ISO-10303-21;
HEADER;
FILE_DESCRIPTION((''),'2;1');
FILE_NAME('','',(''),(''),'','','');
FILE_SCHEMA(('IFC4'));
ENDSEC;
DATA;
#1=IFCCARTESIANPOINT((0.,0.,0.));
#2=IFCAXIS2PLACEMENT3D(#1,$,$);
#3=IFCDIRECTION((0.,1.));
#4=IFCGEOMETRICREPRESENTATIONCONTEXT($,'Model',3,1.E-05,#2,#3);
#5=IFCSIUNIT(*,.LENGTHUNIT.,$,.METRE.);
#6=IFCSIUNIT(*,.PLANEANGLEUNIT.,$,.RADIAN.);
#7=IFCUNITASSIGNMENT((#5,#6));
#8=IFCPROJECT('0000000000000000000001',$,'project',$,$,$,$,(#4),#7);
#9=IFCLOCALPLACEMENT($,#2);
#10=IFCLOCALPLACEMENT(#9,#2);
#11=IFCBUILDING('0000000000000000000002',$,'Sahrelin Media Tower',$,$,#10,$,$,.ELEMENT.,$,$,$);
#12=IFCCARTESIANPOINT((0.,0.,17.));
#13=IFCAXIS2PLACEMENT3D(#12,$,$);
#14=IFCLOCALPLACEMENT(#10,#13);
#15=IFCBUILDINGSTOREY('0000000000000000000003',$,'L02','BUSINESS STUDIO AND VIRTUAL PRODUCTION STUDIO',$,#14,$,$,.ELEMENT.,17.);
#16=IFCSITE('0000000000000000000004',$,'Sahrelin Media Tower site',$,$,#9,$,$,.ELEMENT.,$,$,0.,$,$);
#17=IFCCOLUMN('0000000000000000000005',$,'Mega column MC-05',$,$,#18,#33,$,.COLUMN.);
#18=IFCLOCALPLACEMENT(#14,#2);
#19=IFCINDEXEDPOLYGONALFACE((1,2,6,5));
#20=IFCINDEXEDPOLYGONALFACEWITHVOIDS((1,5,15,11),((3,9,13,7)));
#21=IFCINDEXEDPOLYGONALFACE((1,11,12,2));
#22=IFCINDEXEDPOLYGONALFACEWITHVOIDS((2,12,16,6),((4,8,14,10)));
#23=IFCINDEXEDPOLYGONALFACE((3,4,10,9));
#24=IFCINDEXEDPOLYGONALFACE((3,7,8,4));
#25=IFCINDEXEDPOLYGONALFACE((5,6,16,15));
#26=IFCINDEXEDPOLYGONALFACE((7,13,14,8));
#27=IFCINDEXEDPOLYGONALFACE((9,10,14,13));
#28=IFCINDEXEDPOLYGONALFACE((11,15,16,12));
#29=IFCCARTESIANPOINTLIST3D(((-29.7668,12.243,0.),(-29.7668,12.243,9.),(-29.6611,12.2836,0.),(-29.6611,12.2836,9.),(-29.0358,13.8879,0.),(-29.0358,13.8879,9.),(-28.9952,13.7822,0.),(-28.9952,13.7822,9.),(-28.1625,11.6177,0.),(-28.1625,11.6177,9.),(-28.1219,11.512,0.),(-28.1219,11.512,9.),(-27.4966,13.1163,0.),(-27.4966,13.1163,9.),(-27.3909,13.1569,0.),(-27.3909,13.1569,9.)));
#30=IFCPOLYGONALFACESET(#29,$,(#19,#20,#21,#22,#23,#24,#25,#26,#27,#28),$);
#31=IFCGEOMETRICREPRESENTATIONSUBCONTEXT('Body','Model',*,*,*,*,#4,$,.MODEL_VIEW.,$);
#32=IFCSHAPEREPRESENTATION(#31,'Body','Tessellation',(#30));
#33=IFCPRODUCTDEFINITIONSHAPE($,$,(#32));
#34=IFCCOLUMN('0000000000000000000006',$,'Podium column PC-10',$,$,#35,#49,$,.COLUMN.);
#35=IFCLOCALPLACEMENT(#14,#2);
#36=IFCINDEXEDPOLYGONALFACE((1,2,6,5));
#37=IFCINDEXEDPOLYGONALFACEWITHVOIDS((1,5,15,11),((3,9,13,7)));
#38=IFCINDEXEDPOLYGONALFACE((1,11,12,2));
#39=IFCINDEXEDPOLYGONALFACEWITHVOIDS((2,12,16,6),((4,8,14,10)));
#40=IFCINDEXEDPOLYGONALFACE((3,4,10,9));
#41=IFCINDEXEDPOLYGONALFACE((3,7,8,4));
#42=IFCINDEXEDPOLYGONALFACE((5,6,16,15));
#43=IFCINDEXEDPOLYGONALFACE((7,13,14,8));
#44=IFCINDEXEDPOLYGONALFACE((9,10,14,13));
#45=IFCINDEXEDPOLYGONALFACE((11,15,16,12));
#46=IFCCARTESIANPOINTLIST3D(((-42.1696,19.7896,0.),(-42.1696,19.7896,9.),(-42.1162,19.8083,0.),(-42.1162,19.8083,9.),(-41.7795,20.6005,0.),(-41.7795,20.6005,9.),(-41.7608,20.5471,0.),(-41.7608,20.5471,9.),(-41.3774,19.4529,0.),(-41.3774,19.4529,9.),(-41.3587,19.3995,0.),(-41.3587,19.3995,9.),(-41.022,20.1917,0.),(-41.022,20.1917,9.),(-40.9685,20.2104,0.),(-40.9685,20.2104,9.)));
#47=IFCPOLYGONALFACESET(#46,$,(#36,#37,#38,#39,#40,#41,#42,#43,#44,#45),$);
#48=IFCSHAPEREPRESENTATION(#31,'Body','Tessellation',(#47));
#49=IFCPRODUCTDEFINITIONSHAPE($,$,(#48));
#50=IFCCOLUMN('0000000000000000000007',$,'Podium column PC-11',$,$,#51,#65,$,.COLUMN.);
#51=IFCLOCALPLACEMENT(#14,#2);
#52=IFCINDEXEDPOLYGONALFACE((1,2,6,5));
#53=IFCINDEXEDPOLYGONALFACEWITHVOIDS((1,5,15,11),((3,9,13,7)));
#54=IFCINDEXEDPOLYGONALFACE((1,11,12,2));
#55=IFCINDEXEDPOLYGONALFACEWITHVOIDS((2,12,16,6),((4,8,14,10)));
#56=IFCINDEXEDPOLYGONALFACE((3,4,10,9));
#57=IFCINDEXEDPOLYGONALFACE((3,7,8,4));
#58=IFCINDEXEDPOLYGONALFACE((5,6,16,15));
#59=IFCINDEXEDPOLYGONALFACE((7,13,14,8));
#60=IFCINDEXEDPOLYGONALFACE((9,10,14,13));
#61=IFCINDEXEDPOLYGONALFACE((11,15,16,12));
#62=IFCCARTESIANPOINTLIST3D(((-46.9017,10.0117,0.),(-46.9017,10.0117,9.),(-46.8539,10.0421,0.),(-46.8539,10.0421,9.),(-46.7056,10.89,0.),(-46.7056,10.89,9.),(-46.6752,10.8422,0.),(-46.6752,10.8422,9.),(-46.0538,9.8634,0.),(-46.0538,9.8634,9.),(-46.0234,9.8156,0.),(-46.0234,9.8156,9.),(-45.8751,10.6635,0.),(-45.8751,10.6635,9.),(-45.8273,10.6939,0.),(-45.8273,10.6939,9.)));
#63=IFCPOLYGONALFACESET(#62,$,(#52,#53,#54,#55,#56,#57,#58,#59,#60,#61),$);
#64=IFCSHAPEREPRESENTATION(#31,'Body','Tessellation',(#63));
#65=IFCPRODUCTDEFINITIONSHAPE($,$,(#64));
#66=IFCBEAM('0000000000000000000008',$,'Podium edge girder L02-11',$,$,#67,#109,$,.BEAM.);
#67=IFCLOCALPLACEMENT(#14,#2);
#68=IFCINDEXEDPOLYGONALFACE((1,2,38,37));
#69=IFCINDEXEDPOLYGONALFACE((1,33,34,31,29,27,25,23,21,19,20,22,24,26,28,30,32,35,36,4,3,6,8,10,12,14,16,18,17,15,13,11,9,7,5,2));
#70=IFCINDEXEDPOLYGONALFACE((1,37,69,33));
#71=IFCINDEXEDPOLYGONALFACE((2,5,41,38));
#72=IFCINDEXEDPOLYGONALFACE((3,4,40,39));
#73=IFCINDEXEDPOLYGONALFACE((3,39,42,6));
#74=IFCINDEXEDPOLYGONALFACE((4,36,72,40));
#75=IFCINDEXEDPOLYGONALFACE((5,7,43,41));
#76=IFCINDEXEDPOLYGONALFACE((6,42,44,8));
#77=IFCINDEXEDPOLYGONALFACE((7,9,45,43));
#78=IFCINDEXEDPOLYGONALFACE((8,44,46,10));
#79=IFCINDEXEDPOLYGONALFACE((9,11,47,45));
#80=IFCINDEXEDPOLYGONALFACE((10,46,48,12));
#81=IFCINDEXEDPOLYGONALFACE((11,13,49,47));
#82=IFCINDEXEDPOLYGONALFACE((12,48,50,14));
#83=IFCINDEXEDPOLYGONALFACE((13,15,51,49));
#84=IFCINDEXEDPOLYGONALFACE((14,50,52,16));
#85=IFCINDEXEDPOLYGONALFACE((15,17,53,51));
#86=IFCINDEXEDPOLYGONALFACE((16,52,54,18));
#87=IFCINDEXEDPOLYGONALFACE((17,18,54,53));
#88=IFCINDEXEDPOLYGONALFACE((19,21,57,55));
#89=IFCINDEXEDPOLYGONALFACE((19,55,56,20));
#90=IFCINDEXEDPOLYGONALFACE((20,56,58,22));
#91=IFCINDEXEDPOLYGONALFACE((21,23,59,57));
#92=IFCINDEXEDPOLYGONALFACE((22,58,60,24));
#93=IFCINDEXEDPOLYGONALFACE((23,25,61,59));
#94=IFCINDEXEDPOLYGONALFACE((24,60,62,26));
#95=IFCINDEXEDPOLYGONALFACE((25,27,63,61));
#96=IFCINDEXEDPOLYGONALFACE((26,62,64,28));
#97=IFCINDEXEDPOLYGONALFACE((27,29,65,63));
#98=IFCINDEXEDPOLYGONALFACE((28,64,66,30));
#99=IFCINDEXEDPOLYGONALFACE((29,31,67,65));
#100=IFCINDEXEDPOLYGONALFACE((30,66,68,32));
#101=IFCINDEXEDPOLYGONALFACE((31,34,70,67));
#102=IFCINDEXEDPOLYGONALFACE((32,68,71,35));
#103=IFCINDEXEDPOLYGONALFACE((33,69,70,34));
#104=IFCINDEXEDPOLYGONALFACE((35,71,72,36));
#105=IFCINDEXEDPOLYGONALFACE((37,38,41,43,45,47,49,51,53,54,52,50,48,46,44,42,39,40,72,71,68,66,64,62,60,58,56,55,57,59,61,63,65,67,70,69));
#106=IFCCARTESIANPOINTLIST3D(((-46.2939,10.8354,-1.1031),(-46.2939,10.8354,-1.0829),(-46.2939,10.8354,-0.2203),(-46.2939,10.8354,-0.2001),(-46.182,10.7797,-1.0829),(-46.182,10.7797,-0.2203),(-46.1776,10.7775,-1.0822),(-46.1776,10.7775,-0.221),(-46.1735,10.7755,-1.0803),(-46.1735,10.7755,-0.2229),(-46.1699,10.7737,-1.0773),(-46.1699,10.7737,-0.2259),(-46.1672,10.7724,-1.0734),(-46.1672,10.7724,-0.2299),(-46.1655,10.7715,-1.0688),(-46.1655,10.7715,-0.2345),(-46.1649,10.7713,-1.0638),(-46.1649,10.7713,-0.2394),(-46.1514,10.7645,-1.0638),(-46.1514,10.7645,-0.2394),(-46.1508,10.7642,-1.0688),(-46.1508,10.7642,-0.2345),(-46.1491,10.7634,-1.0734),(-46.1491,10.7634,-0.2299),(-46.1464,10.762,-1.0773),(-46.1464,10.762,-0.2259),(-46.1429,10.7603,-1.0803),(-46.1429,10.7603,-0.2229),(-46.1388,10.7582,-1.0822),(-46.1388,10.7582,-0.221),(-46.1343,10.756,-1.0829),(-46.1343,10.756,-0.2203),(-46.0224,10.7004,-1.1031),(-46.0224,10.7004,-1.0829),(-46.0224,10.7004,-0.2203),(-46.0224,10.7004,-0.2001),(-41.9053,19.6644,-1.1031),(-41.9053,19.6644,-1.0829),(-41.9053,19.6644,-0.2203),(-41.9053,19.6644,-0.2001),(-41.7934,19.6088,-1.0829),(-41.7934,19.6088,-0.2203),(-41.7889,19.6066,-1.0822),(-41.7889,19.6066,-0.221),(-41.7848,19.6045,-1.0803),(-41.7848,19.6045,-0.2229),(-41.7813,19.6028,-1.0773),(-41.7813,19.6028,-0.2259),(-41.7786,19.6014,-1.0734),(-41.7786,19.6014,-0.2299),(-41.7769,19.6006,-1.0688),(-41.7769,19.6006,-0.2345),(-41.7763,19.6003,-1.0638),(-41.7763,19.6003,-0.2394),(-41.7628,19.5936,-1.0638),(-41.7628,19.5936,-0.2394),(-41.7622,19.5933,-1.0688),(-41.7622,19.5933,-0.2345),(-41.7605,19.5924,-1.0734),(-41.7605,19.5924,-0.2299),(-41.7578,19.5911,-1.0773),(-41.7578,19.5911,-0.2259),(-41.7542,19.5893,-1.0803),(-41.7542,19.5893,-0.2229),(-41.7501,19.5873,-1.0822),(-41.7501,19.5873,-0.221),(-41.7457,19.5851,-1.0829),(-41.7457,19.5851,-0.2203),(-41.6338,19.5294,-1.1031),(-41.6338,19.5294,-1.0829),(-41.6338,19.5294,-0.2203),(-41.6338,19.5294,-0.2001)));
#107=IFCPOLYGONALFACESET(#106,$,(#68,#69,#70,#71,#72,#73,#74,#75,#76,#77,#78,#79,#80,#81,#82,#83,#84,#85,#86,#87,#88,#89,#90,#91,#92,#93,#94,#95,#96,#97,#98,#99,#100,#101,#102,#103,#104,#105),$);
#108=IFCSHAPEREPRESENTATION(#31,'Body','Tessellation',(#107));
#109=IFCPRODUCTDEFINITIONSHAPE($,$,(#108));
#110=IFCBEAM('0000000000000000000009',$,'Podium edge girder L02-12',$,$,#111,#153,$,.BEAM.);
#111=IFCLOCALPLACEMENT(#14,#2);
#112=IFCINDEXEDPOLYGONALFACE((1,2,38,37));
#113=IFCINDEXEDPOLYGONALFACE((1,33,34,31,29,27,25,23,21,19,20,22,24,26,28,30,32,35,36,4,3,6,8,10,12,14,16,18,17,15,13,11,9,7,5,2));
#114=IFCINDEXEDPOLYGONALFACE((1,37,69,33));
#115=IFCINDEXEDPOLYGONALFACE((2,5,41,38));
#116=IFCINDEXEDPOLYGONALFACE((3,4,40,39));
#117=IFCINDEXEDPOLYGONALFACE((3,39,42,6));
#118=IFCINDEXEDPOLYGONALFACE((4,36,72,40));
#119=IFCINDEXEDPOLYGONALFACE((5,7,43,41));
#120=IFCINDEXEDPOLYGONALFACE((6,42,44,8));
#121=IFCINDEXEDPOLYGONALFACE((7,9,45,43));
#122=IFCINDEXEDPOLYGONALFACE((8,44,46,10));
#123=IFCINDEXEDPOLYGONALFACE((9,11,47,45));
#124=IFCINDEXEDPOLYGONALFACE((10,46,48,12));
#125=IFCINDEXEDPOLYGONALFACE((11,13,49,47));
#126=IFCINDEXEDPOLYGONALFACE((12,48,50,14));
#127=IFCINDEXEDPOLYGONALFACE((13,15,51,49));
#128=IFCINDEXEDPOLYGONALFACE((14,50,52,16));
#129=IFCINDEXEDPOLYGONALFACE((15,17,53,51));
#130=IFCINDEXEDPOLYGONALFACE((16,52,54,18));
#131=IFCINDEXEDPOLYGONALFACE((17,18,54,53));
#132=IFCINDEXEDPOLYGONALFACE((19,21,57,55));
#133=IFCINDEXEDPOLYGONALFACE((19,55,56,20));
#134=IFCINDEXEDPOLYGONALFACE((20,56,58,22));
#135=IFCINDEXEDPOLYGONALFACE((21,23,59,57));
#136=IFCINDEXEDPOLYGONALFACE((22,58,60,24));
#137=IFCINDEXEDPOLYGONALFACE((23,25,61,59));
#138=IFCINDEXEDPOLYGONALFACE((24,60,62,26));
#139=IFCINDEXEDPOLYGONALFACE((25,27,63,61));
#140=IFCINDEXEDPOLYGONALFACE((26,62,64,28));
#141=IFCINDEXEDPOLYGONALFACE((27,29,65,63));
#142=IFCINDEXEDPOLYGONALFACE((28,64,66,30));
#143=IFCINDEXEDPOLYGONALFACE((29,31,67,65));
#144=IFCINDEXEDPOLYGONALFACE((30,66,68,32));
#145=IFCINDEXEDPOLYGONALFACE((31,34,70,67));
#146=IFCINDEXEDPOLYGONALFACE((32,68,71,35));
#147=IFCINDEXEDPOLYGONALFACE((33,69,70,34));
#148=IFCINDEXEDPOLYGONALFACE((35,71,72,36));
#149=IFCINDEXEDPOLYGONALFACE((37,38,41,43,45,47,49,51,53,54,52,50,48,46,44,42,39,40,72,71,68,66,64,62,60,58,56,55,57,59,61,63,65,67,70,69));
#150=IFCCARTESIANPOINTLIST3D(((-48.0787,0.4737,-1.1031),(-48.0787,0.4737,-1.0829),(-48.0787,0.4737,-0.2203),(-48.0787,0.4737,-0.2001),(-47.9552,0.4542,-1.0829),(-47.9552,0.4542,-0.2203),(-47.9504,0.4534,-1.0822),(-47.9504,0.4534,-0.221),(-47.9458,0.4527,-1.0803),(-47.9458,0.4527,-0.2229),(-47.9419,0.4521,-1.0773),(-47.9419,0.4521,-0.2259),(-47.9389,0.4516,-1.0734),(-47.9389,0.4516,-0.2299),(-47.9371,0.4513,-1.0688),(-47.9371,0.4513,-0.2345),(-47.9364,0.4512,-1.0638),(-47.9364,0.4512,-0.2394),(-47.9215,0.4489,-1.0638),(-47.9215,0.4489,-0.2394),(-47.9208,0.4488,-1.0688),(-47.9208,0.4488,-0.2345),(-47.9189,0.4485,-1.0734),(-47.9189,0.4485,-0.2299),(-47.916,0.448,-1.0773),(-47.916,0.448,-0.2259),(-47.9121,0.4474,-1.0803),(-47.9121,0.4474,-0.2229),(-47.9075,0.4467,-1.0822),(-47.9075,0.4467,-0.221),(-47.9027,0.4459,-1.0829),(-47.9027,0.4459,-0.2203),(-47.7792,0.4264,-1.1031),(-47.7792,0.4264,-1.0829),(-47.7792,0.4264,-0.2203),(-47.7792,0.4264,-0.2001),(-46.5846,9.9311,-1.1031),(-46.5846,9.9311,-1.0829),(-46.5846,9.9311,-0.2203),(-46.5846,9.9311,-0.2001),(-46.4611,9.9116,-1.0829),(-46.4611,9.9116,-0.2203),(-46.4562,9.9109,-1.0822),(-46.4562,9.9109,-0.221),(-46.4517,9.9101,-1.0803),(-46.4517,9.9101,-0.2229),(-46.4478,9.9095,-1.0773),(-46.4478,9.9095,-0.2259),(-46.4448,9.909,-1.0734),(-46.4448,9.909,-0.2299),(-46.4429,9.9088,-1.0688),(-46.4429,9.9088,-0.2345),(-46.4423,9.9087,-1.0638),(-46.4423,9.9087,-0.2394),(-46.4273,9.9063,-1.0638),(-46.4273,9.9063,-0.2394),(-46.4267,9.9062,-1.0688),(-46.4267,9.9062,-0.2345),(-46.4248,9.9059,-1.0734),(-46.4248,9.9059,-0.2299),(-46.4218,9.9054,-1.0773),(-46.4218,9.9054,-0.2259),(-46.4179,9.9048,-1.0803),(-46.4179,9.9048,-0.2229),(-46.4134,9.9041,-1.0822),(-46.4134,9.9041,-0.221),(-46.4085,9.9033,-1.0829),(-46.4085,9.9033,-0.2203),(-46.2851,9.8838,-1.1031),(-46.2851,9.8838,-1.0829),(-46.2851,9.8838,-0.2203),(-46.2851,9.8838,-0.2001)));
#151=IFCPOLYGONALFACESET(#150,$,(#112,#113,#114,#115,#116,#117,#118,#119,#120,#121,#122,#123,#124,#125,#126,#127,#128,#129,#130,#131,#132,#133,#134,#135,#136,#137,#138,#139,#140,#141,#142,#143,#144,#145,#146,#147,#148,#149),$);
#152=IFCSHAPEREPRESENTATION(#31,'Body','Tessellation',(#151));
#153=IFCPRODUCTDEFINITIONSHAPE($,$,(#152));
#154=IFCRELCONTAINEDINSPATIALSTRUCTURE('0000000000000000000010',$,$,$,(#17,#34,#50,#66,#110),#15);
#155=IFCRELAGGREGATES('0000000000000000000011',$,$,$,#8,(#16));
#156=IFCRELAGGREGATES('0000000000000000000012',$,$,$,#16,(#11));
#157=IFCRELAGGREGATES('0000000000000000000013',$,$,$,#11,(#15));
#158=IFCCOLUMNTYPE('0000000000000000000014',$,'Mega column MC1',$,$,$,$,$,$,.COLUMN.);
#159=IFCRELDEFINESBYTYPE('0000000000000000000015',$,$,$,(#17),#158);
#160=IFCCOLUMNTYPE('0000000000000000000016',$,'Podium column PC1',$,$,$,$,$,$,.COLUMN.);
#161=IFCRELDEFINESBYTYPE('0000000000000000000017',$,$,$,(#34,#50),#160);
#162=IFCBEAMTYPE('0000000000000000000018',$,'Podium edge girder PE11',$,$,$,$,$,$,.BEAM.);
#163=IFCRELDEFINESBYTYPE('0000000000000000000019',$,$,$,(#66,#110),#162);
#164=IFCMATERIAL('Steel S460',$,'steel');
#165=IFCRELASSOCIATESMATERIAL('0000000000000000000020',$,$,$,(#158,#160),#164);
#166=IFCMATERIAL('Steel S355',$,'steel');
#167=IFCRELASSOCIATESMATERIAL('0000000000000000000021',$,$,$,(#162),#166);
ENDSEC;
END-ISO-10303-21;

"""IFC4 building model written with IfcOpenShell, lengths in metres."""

from ifc_helpers import new_model, si_unit, direction, frame, origin, origin_2d, place, context, subcontext, project, spatial, hollow_rectangle, i_section, extrude, material, material_profile, profile_set, type_object, element, save


model = new_model("IFC4")

# Units and contexts
model_context = context("Model", 3, precision=1e-05, world=origin(), true_north=direction((0.0, 1.0)))
body_context = subcontext(model_context, "Body", "Model", "MODEL_VIEW")
ifc_project = project(units=[si_unit("LENGTHUNIT", "METRE"), si_unit("PLANEANGLEUNIT", "RADIAN")], contexts=[model_context])

# Site, building, storey
site_placement = place(None, origin())
site = spatial("IfcSite", under=ifc_project, at=site_placement, Name="Sahrelin Media Tower site", CompositionType="ELEMENT", RefElevation=0.0)
building_placement = place(site_placement, origin())
building = spatial("IfcBuilding", under=site, at=building_placement, Name="Sahrelin Media Tower", CompositionType="ELEMENT")
storey_placement = place(building_placement, frame((0.0, 0.0, 17.0)))
storey = spatial("IfcBuildingStorey", under=building, at=storey_placement, Name="L02", Description="BUSINESS STUDIO AND VIRTUAL PRODUCTION STUDIO", CompositionType="ELEMENT", Elevation=17.0)

# Columns
ifc_material_1 = material(Name="Steel S460", Category="steel")
ifc_material_profile_1 = material_profile(ifc_material_1, hollow_rectangle(XDim=1.8, YDim=1.8, WallThickness=0.0801, at=origin_2d()), Name="Mega column MC1")
ifc_profile_set_1 = profile_set([ifc_material_profile_1], Name="Steel S460")
column_type_1 = type_object("IfcColumnType", Name="Mega column MC1", PredefinedType="COLUMN", material=ifc_profile_set_1)
column_placement = place(storey_placement, frame((-28.5789, 12.7, 0.0), z_axis=(0.0, 0.0, 1.0), x_axis=(-0.913831, 0.406094, 0.0)))
element("IfcColumn", 1, at=column_placement, inside=storey, type_object=column_type_1, Name="Mega column MC-05", PredefinedType="COLUMN", context=body_context, shape_type="SweptSolid", body=[
    extrude(hollow_rectangle(XDim=1.8, YDim=1.8, WallThickness=0.0801, at=origin_2d()), origin(), (0.0, 0.0, 1.0), 9.0),
])
ifc_material_profile_2 = material_profile(ifc_material_1, hollow_rectangle(XDim=0.8999, YDim=0.8999, WallThickness=0.04, at=origin_2d()), Name="Podium column PC1")
ifc_profile_set_2 = profile_set([ifc_material_profile_2], Name="Steel S460")
column_type_2 = type_object("IfcColumnType", Name="Podium column PC1", PredefinedType="COLUMN", material=ifc_profile_set_2)
for number, where, z_axis, x_axis, name in (
    (2, (-41.5691, 20.0, 0.0), (0.0, 0.0, 1.0), (-0.901127, 0.433555, 0.0), "Podium column PC-10"),
    (3, (-46.3645, 10.3528, 0.0), (0.0, 0.0, 1.0), (-0.975965, 0.217925, 0.0), "Podium column PC-11"),
):
    element("IfcColumn", number, at=place(storey_placement, frame(where, z_axis=z_axis, x_axis=x_axis)), inside=storey, type_object=column_type_2, Name=name, PredefinedType="COLUMN", context=body_context, shape_type="SweptSolid", body=[
        extrude(hollow_rectangle(XDim=0.8999, YDim=0.8999, WallThickness=0.04, at=origin_2d()), origin(), (0.0, 0.0, 1.0), 9.0),
    ])

# Beams
ifc_material_2 = material(Name="Steel S355", Category="steel")
ifc_material_profile_3 = material_profile(ifc_material_2, i_section(OverallWidth=0.3032, OverallDepth=0.9031, WebThickness=0.0151, FlangeThickness=0.0203, FilletRadius=0.019, at=origin_2d()), Name="UB 914x305x201")
ifc_profile_set_3 = profile_set([ifc_material_profile_3], Name="Steel S355")
beam_type_1 = type_object("IfcBeamType", Name="Podium edge girder PE11", PredefinedType="BEAM", material=ifc_profile_set_3)
beam_1_placement = place(storey_placement, frame((-41.7695, 19.5969, -0.6516), z_axis=(-0.445113, -0.895475, 0.0), x_axis=(0.895475, -0.445113, 0.0)))
element("IfcBeam", 4, at=beam_1_placement, inside=storey, type_object=beam_type_1, Name="Podium edge girder L02-11", PredefinedType="BEAM", context=body_context, shape_type="SweptSolid", body=[
    extrude(i_section(OverallWidth=0.3032, OverallDepth=0.9031, WebThickness=0.0151, FlangeThickness=0.0203, FilletRadius=0.019, at=origin_2d()), origin(), (0.0, 0.0, 1.0), 9.8596),
])
beam_2_placement = place(storey_placement, frame((-46.4348, 9.9075, -0.6516), z_axis=(-0.156049, -0.987749, 0.0), x_axis=(0.987749, -0.156049, 0.0)))
element("IfcBeam", 5, at=beam_2_placement, inside=storey, type_object=beam_type_1, Name="Podium edge girder L02-12", PredefinedType="BEAM", context=body_context, shape_type="SweptSolid", body=[
    extrude(i_section(OverallWidth=0.3032, OverallDepth=0.9031, WebThickness=0.0151, FlangeThickness=0.0203, FilletRadius=0.019, at=origin_2d()), origin(), (0.0, 0.0, 1.0), 9.5747),
])

save(model, "model.ifc")
